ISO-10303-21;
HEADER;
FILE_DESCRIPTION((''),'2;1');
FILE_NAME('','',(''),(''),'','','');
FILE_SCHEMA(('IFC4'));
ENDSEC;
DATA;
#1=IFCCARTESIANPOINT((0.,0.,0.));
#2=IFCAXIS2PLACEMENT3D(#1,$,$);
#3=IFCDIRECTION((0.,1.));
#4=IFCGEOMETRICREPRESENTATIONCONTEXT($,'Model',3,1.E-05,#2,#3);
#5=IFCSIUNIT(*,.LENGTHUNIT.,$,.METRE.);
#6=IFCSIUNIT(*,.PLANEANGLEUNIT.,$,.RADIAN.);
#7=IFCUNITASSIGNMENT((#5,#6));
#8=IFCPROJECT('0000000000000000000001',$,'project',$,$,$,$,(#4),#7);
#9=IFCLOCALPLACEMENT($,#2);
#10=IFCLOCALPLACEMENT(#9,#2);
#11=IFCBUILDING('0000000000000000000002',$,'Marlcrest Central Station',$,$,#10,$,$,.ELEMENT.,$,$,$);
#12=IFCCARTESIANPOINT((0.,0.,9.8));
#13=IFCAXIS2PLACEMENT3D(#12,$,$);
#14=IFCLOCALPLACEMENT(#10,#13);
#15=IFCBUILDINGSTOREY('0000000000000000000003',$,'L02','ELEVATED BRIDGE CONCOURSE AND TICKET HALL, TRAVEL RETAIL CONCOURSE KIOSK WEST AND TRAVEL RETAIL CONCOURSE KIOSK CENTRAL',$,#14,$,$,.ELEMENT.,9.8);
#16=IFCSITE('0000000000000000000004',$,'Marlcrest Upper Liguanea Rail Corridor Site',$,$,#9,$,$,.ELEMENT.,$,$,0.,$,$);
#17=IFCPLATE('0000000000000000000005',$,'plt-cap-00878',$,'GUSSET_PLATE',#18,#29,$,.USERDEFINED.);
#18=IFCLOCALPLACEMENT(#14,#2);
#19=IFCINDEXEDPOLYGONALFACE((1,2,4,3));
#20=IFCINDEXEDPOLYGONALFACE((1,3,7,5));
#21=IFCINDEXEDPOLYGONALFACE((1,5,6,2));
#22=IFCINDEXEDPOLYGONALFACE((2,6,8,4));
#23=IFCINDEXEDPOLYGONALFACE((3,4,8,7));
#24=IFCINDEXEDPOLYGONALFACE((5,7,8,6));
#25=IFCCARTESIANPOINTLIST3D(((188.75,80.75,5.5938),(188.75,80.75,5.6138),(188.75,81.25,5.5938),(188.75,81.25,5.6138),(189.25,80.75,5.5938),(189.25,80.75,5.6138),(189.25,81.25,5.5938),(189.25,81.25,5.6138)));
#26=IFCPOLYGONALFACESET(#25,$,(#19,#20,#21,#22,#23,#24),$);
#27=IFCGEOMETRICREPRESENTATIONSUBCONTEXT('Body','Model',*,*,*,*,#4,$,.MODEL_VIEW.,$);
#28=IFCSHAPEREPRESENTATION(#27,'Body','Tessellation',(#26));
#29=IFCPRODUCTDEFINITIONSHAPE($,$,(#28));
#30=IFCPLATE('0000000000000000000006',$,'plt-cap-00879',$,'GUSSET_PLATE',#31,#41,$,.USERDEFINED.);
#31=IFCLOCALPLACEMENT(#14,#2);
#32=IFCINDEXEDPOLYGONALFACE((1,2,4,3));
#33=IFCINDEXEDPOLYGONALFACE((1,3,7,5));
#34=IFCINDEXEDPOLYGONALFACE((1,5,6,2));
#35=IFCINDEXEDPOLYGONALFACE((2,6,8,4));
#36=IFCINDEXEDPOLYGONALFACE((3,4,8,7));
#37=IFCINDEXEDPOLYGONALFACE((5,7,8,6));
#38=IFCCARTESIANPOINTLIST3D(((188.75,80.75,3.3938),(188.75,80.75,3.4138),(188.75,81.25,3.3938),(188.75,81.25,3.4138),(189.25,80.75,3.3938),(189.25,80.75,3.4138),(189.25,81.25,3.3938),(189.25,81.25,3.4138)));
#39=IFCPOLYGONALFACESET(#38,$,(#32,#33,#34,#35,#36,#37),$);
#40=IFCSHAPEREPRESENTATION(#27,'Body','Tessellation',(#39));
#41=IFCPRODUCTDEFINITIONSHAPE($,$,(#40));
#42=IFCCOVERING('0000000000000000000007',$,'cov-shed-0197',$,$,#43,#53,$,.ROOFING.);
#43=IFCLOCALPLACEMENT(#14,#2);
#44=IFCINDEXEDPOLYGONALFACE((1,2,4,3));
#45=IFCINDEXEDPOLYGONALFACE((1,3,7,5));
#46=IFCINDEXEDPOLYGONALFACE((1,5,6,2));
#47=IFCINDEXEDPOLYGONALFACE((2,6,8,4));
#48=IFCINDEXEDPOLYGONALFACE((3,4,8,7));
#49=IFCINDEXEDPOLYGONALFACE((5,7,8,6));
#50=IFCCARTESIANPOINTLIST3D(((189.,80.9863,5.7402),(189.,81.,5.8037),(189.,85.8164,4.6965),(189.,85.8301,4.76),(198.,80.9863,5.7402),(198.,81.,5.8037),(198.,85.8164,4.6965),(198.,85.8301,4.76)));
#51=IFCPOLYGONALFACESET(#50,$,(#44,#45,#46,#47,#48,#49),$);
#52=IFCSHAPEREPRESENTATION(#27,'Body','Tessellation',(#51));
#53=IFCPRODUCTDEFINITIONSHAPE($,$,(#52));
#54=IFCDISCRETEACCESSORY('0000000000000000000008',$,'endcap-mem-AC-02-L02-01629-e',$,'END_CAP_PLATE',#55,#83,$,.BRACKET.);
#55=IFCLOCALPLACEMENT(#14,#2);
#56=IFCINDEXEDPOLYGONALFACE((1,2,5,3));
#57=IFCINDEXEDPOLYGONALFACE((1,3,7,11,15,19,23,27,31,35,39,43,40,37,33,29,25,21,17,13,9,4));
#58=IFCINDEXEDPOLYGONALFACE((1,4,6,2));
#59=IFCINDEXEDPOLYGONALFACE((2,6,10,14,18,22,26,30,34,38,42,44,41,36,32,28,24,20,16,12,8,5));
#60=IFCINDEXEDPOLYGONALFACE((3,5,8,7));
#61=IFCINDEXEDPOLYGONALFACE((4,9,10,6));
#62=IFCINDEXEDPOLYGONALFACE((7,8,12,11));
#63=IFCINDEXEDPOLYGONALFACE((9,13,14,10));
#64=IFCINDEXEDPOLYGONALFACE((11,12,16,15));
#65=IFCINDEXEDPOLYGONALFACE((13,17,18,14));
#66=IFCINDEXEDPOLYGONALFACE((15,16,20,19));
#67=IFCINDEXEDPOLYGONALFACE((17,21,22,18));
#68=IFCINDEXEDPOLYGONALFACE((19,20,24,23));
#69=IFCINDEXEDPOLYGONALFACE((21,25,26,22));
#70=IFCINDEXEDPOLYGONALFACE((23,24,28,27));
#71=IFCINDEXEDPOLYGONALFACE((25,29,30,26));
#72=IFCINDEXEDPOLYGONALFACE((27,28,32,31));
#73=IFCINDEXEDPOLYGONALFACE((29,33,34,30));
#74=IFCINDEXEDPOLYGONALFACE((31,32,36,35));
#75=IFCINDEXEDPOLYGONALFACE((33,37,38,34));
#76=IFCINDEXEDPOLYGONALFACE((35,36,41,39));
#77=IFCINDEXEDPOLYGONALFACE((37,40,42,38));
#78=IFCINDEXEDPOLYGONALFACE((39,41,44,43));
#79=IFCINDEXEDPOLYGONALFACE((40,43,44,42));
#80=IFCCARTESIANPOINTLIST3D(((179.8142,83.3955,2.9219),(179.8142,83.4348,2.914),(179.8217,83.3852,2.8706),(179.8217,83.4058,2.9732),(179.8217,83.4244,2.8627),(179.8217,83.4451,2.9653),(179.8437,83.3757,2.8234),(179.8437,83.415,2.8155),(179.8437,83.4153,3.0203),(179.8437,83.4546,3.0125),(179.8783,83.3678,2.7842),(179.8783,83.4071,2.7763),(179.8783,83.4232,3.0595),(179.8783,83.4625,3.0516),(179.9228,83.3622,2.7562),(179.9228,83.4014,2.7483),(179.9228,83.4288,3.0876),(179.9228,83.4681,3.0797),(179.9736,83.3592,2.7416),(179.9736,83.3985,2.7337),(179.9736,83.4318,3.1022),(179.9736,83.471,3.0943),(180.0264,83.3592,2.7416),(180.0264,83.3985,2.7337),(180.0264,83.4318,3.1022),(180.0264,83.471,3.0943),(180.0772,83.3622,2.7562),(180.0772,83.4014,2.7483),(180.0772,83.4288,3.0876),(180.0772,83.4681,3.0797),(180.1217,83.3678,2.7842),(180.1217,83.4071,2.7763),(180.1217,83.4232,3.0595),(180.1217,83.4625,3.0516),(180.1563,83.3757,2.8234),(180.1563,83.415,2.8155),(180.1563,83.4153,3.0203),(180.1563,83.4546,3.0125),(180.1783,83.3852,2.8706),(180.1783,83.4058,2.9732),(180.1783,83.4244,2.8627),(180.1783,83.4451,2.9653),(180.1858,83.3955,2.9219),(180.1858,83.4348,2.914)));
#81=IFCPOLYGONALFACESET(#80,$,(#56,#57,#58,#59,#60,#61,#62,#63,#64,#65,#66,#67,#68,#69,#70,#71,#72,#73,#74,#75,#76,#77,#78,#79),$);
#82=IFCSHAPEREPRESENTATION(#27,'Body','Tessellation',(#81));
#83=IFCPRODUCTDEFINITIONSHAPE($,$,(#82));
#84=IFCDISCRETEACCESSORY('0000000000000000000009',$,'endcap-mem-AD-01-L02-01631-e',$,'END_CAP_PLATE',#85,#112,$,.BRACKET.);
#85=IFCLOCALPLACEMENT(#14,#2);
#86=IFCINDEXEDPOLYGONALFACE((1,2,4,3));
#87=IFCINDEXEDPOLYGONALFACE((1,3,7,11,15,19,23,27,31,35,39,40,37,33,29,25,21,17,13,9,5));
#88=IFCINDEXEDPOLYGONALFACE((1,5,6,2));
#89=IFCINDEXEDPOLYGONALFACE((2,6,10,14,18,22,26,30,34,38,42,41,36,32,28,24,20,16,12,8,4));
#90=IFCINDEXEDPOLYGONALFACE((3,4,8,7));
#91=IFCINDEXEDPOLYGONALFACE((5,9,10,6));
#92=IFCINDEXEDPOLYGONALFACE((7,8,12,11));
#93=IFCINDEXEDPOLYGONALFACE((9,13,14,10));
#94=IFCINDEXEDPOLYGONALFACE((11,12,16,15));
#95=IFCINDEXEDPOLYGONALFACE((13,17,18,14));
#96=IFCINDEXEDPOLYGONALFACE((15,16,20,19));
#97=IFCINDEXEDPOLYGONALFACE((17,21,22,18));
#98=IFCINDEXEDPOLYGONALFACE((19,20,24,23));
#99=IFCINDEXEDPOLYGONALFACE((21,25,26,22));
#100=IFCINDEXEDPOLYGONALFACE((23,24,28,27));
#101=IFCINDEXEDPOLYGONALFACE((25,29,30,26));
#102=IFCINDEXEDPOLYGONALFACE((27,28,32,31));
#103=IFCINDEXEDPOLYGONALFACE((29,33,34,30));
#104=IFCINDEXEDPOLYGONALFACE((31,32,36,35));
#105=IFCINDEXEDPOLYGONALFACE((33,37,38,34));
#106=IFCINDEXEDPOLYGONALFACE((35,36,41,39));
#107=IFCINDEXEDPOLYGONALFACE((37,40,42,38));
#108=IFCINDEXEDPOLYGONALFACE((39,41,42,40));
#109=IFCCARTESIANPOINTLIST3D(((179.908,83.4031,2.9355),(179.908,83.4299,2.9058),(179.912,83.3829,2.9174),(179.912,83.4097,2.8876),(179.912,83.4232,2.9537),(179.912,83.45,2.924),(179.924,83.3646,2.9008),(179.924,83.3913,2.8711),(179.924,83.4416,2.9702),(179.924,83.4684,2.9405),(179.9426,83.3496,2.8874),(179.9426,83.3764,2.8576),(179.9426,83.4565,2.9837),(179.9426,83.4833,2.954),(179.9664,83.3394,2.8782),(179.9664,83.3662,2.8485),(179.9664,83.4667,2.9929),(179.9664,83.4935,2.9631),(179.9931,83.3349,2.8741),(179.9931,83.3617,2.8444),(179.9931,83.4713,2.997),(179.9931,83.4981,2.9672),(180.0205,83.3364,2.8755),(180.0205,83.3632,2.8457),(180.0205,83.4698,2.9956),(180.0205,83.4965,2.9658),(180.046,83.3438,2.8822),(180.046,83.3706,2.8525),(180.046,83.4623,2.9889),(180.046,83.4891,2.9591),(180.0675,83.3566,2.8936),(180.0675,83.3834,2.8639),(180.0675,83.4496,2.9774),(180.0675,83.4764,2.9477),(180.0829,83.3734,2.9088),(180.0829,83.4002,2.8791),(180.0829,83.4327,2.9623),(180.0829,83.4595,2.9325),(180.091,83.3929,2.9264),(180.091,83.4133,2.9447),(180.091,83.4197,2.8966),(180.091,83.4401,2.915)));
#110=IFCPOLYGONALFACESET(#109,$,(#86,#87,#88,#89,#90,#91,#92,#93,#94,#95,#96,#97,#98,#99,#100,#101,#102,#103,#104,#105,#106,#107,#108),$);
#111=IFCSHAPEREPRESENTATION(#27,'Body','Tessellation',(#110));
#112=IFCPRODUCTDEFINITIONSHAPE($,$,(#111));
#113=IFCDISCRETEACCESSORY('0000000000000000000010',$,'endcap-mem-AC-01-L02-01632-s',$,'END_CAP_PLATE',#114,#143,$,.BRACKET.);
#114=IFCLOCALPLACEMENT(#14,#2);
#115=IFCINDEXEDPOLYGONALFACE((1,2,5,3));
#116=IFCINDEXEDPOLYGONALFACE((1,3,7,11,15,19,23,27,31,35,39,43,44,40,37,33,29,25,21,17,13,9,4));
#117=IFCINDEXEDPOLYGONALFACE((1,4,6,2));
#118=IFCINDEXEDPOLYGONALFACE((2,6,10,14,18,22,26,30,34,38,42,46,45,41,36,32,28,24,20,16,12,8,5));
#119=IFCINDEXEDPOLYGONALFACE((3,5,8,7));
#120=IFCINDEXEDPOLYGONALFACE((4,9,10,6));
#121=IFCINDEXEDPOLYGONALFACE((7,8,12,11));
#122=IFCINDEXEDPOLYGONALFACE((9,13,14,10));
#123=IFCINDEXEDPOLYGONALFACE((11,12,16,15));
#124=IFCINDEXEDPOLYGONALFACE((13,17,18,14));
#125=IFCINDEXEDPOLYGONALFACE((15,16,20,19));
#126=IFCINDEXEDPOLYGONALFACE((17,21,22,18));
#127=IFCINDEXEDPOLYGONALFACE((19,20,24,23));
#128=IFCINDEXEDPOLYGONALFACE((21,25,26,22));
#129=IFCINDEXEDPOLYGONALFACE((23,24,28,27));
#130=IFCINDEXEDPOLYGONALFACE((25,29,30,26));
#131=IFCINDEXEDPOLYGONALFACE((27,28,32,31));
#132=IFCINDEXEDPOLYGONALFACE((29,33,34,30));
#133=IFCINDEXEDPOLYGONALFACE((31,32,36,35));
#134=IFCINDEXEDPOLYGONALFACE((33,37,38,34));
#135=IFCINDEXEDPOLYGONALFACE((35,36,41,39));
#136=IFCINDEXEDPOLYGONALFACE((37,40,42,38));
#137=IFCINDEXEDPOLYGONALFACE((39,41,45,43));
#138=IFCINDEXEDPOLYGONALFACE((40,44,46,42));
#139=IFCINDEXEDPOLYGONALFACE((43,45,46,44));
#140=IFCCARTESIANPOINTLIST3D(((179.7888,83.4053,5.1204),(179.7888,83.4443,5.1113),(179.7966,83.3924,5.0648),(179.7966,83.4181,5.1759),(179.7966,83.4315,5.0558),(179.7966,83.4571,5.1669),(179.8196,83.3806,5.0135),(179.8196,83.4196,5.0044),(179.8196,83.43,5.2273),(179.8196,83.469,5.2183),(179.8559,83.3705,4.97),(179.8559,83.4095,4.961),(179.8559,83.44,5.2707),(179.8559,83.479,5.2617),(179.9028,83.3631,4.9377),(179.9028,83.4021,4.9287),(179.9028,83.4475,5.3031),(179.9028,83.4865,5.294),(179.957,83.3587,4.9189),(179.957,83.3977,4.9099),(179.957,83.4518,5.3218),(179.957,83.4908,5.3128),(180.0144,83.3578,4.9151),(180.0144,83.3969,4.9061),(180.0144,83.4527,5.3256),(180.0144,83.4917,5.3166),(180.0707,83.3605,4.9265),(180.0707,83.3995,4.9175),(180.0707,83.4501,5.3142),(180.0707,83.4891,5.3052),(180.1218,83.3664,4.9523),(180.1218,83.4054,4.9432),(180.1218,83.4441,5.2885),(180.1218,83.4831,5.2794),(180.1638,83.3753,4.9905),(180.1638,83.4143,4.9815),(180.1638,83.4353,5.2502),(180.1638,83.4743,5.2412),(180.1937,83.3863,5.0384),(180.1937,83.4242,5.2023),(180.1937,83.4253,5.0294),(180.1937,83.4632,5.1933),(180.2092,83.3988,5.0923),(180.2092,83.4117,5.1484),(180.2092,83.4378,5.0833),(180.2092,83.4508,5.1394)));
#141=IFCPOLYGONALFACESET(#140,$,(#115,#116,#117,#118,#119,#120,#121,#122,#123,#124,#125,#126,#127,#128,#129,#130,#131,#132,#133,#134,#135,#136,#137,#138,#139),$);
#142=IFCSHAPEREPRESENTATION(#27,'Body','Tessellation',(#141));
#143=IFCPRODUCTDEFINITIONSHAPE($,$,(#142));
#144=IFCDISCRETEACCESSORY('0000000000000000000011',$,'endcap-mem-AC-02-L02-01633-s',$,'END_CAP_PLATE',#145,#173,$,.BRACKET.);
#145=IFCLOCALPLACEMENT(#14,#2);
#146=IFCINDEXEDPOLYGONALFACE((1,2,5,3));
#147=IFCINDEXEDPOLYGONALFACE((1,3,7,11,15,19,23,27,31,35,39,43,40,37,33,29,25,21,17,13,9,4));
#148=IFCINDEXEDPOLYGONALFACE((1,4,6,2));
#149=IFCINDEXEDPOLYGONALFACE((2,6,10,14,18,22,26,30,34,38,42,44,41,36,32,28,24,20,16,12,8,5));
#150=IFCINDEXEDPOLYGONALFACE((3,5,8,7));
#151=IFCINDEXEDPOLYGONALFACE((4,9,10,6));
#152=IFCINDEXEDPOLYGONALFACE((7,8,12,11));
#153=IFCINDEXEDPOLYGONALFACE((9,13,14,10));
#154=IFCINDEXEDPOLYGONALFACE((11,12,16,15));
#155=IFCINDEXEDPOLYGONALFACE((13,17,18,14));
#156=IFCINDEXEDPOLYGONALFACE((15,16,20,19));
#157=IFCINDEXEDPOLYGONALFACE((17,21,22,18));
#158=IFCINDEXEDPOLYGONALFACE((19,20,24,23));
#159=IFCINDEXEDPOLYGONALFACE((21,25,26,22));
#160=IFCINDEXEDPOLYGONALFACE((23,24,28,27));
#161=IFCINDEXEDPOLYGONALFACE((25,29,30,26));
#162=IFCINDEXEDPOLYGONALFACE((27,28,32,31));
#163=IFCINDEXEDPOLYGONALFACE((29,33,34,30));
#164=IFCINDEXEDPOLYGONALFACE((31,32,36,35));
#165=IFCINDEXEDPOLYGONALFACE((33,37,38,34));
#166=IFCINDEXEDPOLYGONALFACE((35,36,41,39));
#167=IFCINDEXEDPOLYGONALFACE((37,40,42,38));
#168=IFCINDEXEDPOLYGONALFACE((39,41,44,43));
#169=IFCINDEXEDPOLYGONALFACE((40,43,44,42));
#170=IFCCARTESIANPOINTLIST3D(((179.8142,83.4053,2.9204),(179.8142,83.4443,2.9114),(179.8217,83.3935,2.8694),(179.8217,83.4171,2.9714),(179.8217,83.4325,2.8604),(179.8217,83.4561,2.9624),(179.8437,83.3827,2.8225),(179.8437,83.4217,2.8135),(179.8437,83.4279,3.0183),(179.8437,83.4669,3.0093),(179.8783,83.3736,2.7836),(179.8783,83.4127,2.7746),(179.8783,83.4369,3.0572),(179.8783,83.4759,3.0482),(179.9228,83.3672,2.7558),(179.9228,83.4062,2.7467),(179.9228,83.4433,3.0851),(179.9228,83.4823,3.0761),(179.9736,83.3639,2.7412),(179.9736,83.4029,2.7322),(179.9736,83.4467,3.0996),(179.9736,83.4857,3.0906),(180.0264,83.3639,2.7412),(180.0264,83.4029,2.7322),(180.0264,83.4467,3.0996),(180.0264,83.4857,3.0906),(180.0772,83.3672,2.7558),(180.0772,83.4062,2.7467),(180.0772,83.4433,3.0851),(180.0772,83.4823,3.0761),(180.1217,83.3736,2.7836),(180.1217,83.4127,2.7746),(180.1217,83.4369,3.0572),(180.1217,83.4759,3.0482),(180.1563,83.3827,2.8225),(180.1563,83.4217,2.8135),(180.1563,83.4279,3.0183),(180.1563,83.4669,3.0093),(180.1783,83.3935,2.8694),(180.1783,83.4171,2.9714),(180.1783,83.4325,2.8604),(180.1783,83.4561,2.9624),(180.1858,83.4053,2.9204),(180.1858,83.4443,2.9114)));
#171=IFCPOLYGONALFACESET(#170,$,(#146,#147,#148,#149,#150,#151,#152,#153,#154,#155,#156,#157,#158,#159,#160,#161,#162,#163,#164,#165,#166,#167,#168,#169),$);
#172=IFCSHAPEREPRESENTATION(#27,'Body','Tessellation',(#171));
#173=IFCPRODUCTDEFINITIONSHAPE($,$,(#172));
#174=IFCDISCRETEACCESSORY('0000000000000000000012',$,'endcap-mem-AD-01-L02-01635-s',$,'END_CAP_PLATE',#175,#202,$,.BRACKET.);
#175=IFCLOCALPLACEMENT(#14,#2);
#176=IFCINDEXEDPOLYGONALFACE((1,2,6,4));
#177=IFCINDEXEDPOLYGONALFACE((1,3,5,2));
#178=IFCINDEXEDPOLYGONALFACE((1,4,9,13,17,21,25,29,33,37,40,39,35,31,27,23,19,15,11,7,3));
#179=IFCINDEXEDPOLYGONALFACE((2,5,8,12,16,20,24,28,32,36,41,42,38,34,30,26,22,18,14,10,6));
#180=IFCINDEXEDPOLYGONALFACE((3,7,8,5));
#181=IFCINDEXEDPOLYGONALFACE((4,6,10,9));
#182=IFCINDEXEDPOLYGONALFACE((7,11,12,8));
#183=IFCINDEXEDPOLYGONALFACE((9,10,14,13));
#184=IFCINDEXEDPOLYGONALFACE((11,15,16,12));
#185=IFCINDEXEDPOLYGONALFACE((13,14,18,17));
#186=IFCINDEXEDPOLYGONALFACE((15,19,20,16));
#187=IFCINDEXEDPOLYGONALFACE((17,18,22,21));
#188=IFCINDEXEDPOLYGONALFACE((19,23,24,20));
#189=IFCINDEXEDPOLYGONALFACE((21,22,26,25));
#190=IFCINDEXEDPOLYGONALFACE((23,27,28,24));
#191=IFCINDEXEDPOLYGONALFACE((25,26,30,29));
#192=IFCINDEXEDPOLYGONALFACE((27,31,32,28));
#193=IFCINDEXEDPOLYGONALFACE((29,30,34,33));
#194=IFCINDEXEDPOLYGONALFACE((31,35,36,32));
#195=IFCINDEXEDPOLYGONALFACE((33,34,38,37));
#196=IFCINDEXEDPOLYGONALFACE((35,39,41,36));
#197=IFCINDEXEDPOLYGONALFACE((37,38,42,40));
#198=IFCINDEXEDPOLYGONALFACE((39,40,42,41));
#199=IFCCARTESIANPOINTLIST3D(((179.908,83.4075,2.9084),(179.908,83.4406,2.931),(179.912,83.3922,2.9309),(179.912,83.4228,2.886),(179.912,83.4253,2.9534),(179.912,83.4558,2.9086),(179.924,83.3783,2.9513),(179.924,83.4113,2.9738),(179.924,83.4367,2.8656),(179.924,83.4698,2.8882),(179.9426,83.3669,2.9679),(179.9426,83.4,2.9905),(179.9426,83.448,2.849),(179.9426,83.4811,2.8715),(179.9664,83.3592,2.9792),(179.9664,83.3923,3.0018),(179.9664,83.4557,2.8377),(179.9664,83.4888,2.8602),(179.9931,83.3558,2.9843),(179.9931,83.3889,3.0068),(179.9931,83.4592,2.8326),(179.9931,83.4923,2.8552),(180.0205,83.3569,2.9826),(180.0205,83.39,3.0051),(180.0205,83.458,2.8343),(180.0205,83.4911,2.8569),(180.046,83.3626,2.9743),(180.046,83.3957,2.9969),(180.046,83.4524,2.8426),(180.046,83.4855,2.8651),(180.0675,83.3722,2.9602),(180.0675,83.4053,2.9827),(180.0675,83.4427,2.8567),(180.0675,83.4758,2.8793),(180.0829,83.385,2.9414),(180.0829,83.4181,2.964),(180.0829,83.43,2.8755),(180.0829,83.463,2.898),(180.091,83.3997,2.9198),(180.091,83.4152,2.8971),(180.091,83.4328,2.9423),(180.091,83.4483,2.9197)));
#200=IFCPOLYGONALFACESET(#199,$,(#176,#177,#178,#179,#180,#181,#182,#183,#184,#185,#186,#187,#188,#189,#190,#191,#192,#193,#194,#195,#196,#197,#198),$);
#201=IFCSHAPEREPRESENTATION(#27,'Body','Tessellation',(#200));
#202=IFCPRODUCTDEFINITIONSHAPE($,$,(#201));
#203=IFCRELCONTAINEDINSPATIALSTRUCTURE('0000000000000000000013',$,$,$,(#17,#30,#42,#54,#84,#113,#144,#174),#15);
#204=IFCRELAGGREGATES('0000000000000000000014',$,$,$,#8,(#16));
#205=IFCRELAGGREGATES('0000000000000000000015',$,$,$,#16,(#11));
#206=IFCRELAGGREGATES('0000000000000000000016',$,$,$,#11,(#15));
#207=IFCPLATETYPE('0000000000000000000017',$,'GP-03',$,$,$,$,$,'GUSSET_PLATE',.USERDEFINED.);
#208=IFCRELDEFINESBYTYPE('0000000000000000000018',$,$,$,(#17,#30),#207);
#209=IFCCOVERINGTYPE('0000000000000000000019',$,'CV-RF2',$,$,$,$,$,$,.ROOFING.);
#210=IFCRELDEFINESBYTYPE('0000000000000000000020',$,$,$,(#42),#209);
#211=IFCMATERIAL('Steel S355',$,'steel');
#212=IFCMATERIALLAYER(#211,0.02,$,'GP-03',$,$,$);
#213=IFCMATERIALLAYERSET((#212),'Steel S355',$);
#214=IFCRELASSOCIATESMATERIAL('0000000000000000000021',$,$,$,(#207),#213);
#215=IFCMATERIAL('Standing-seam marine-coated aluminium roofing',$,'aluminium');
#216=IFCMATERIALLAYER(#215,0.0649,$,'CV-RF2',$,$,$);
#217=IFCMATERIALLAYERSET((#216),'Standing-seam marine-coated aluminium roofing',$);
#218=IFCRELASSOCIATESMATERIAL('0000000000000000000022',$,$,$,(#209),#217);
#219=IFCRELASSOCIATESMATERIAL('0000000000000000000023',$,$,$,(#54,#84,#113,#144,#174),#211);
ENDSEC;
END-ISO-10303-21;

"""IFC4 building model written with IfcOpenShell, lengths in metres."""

from ifc_helpers import new_model, si_unit, direction, frame, origin, origin_2d, place, context, subcontext, project, spatial, polyline, rectangle, circle, outline, extrude, material, layer, layer_set, type_object, element, save


model = new_model("IFC4")

# Units and contexts
model_context = context("Model", 3, precision=1e-05, world=origin(), true_north=direction((0.0, 1.0)))
body_context = subcontext(model_context, "Body", "Model", "MODEL_VIEW")
ifc_project = project(units=[si_unit("LENGTHUNIT", "METRE"), si_unit("PLANEANGLEUNIT", "RADIAN")], contexts=[model_context])

# Site, building, storey
site_placement = place(None, origin())
site = spatial("IfcSite", under=ifc_project, at=site_placement, Name="Marlcrest Upper Liguanea Rail Corridor Site", CompositionType="ELEMENT", RefElevation=0.0)
building_placement = place(site_placement, origin())
building = spatial("IfcBuilding", under=site, at=building_placement, Name="Marlcrest Central Station", CompositionType="ELEMENT")
storey_placement = place(building_placement, frame((0.0, 0.0, 9.8)))
storey = spatial("IfcBuildingStorey", under=building, at=storey_placement, Name="L02", Description="ELEVATED BRIDGE CONCOURSE AND TICKET HALL, TRAVEL RETAIL CONCOURSE KIOSK WEST AND TRAVEL RETAIL CONCOURSE KIOSK CENTRAL", CompositionType="ELEMENT", Elevation=9.8)

# Shared definitions
ifc_material_1 = material(Name="Steel S355", Category="steel")

# Plates
ifc_layer_1 = layer(ifc_material_1, 0.02, Name="GP-03")
ifc_layer_set_1 = layer_set([ifc_layer_1], Name="Steel S355")
plate_type = type_object("IfcPlateType", Name="GP-03", ElementType="GUSSET_PLATE", PredefinedType="USERDEFINED", material=ifc_layer_set_1)
for number, where, z_axis, x_axis, name in (
    (1, (189.0, 81.0, 5.5938), (0.0, 0.0, 1.0), (1.0, 0.0, 0.0), "plt-cap-00878"),
    (2, (189.0, 81.0, 3.3938), (0.0, 0.0, 1.0), (1.0, 0.0, 0.0), "plt-cap-00879"),
):
    element("IfcPlate", number, at=place(storey_placement, frame(where, z_axis=z_axis, x_axis=x_axis)), inside=storey, type_object=plate_type, Name=name, ObjectType="GUSSET_PLATE", PredefinedType="USERDEFINED", context=body_context, shape_type="SweptSolid", body=[
        extrude(rectangle(XDim=0.5, YDim=0.5, at=origin_2d()), origin(), (0.0, 0.0, 1.0), 0.02),
    ])

# Covering
ifc_material_2 = material(Name="Standing-seam marine-coated aluminium roofing", Category="aluminium")
ifc_layer_2 = layer(ifc_material_2, 0.0649, Name="CV-RF2")
ifc_layer_set_2 = layer_set([ifc_layer_2], Name="Standing-seam marine-coated aluminium roofing")
covering_type = type_object("IfcCoveringType", Name="CV-RF2", PredefinedType="ROOFING", material=ifc_layer_set_2)
covering_placement = place(storey_placement, frame((189.0, 81.0, 5.8037), z_axis=(0.0, 0.211209, 0.977441), x_axis=(1.0, 0.0, 0.0)))
element("IfcCovering", 3, at=covering_placement, inside=storey, type_object=covering_type, Name="cov-shed-0197", PredefinedType="ROOFING", context=body_context, shape_type="SweptSolid", body=[
    extrude(outline(polyline([(0.0, 0.0), (9.0, 0.0), (9.0, 4.9416), (0.0, 4.9416), (0.0, 0.0)])), origin(), (0.0, 0.0, -1.0), 0.0649),
])

# Discrete accessories
discrete_accessory_1_placement = place(storey_placement, frame((180.0, 83.3955, 2.9219), z_axis=(0.0, 0.980359, -0.197219), x_axis=(-1.0, 0.0, 0.0)))
element("IfcDiscreteAccessory", 4, at=discrete_accessory_1_placement, inside=storey, material=ifc_material_1, Name="endcap-mem-AC-02-L02-01629-e", ObjectType="END_CAP_PLATE", PredefinedType="BRACKET", context=body_context, shape_type="SweptSolid", body=[
    extrude(circle(Radius=0.1858, at=origin_2d()), origin(), (0.0, 0.0, 1.0), 0.04),
])
discrete_accessory_2_placement = place(storey_placement, frame((180.0, 83.4031, 2.9355), z_axis=(0.0, 0.669244, -0.743042), x_axis=(-1.0, 0.0, 0.0)))
element("IfcDiscreteAccessory", 5, at=discrete_accessory_2_placement, inside=storey, material=ifc_material_1, Name="endcap-mem-AD-01-L02-01631-e", ObjectType="END_CAP_PLATE", PredefinedType="BRACKET", context=body_context, shape_type="SweptSolid", body=[
    extrude(circle(Radius=0.092, at=origin_2d()), origin(), (0.0, 0.0, 1.0), 0.04),
])
discrete_accessory_3_placement = place(storey_placement, frame((180.0, 83.4053, 5.1204), z_axis=(0.0, 0.97433, -0.225126), x_axis=(-1.0, 0.0, 0.0)))
element("IfcDiscreteAccessory", 6, at=discrete_accessory_3_placement, inside=storey, material=ifc_material_1, Name="endcap-mem-AC-01-L02-01632-s", ObjectType="END_CAP_PLATE", PredefinedType="BRACKET", context=body_context, shape_type="SweptSolid", body=[
    extrude(circle(Radius=0.2112, at=origin_2d()), origin(), (0.0, 0.0, 1.0), 0.04),
])
discrete_accessory_4_placement = place(storey_placement, frame((180.0, 83.4053, 2.9204), z_axis=(0.0, 0.974308, -0.22522), x_axis=(-1.0, 0.0, 0.0)))
element("IfcDiscreteAccessory", 7, at=discrete_accessory_4_placement, inside=storey, material=ifc_material_1, Name="endcap-mem-AC-02-L02-01633-s", ObjectType="END_CAP_PLATE", PredefinedType="BRACKET", context=body_context, shape_type="SweptSolid", body=[
    extrude(circle(Radius=0.1858, at=origin_2d()), origin(), (0.0, 0.0, 1.0), 0.04),
])
discrete_accessory_5_placement = place(storey_placement, frame((180.0, 83.4075, 2.9084), z_axis=(0.0, 0.826263, 0.563285), x_axis=(-1.0, 0.0, 0.0)))
element("IfcDiscreteAccessory", 8, at=discrete_accessory_5_placement, inside=storey, material=ifc_material_1, Name="endcap-mem-AD-01-L02-01635-s", ObjectType="END_CAP_PLATE", PredefinedType="BRACKET", context=body_context, shape_type="SweptSolid", body=[
    extrude(circle(Radius=0.092, at=origin_2d()), origin(), (0.0, 0.0, 1.0), 0.04),
])

save(model, "model.ifc")
